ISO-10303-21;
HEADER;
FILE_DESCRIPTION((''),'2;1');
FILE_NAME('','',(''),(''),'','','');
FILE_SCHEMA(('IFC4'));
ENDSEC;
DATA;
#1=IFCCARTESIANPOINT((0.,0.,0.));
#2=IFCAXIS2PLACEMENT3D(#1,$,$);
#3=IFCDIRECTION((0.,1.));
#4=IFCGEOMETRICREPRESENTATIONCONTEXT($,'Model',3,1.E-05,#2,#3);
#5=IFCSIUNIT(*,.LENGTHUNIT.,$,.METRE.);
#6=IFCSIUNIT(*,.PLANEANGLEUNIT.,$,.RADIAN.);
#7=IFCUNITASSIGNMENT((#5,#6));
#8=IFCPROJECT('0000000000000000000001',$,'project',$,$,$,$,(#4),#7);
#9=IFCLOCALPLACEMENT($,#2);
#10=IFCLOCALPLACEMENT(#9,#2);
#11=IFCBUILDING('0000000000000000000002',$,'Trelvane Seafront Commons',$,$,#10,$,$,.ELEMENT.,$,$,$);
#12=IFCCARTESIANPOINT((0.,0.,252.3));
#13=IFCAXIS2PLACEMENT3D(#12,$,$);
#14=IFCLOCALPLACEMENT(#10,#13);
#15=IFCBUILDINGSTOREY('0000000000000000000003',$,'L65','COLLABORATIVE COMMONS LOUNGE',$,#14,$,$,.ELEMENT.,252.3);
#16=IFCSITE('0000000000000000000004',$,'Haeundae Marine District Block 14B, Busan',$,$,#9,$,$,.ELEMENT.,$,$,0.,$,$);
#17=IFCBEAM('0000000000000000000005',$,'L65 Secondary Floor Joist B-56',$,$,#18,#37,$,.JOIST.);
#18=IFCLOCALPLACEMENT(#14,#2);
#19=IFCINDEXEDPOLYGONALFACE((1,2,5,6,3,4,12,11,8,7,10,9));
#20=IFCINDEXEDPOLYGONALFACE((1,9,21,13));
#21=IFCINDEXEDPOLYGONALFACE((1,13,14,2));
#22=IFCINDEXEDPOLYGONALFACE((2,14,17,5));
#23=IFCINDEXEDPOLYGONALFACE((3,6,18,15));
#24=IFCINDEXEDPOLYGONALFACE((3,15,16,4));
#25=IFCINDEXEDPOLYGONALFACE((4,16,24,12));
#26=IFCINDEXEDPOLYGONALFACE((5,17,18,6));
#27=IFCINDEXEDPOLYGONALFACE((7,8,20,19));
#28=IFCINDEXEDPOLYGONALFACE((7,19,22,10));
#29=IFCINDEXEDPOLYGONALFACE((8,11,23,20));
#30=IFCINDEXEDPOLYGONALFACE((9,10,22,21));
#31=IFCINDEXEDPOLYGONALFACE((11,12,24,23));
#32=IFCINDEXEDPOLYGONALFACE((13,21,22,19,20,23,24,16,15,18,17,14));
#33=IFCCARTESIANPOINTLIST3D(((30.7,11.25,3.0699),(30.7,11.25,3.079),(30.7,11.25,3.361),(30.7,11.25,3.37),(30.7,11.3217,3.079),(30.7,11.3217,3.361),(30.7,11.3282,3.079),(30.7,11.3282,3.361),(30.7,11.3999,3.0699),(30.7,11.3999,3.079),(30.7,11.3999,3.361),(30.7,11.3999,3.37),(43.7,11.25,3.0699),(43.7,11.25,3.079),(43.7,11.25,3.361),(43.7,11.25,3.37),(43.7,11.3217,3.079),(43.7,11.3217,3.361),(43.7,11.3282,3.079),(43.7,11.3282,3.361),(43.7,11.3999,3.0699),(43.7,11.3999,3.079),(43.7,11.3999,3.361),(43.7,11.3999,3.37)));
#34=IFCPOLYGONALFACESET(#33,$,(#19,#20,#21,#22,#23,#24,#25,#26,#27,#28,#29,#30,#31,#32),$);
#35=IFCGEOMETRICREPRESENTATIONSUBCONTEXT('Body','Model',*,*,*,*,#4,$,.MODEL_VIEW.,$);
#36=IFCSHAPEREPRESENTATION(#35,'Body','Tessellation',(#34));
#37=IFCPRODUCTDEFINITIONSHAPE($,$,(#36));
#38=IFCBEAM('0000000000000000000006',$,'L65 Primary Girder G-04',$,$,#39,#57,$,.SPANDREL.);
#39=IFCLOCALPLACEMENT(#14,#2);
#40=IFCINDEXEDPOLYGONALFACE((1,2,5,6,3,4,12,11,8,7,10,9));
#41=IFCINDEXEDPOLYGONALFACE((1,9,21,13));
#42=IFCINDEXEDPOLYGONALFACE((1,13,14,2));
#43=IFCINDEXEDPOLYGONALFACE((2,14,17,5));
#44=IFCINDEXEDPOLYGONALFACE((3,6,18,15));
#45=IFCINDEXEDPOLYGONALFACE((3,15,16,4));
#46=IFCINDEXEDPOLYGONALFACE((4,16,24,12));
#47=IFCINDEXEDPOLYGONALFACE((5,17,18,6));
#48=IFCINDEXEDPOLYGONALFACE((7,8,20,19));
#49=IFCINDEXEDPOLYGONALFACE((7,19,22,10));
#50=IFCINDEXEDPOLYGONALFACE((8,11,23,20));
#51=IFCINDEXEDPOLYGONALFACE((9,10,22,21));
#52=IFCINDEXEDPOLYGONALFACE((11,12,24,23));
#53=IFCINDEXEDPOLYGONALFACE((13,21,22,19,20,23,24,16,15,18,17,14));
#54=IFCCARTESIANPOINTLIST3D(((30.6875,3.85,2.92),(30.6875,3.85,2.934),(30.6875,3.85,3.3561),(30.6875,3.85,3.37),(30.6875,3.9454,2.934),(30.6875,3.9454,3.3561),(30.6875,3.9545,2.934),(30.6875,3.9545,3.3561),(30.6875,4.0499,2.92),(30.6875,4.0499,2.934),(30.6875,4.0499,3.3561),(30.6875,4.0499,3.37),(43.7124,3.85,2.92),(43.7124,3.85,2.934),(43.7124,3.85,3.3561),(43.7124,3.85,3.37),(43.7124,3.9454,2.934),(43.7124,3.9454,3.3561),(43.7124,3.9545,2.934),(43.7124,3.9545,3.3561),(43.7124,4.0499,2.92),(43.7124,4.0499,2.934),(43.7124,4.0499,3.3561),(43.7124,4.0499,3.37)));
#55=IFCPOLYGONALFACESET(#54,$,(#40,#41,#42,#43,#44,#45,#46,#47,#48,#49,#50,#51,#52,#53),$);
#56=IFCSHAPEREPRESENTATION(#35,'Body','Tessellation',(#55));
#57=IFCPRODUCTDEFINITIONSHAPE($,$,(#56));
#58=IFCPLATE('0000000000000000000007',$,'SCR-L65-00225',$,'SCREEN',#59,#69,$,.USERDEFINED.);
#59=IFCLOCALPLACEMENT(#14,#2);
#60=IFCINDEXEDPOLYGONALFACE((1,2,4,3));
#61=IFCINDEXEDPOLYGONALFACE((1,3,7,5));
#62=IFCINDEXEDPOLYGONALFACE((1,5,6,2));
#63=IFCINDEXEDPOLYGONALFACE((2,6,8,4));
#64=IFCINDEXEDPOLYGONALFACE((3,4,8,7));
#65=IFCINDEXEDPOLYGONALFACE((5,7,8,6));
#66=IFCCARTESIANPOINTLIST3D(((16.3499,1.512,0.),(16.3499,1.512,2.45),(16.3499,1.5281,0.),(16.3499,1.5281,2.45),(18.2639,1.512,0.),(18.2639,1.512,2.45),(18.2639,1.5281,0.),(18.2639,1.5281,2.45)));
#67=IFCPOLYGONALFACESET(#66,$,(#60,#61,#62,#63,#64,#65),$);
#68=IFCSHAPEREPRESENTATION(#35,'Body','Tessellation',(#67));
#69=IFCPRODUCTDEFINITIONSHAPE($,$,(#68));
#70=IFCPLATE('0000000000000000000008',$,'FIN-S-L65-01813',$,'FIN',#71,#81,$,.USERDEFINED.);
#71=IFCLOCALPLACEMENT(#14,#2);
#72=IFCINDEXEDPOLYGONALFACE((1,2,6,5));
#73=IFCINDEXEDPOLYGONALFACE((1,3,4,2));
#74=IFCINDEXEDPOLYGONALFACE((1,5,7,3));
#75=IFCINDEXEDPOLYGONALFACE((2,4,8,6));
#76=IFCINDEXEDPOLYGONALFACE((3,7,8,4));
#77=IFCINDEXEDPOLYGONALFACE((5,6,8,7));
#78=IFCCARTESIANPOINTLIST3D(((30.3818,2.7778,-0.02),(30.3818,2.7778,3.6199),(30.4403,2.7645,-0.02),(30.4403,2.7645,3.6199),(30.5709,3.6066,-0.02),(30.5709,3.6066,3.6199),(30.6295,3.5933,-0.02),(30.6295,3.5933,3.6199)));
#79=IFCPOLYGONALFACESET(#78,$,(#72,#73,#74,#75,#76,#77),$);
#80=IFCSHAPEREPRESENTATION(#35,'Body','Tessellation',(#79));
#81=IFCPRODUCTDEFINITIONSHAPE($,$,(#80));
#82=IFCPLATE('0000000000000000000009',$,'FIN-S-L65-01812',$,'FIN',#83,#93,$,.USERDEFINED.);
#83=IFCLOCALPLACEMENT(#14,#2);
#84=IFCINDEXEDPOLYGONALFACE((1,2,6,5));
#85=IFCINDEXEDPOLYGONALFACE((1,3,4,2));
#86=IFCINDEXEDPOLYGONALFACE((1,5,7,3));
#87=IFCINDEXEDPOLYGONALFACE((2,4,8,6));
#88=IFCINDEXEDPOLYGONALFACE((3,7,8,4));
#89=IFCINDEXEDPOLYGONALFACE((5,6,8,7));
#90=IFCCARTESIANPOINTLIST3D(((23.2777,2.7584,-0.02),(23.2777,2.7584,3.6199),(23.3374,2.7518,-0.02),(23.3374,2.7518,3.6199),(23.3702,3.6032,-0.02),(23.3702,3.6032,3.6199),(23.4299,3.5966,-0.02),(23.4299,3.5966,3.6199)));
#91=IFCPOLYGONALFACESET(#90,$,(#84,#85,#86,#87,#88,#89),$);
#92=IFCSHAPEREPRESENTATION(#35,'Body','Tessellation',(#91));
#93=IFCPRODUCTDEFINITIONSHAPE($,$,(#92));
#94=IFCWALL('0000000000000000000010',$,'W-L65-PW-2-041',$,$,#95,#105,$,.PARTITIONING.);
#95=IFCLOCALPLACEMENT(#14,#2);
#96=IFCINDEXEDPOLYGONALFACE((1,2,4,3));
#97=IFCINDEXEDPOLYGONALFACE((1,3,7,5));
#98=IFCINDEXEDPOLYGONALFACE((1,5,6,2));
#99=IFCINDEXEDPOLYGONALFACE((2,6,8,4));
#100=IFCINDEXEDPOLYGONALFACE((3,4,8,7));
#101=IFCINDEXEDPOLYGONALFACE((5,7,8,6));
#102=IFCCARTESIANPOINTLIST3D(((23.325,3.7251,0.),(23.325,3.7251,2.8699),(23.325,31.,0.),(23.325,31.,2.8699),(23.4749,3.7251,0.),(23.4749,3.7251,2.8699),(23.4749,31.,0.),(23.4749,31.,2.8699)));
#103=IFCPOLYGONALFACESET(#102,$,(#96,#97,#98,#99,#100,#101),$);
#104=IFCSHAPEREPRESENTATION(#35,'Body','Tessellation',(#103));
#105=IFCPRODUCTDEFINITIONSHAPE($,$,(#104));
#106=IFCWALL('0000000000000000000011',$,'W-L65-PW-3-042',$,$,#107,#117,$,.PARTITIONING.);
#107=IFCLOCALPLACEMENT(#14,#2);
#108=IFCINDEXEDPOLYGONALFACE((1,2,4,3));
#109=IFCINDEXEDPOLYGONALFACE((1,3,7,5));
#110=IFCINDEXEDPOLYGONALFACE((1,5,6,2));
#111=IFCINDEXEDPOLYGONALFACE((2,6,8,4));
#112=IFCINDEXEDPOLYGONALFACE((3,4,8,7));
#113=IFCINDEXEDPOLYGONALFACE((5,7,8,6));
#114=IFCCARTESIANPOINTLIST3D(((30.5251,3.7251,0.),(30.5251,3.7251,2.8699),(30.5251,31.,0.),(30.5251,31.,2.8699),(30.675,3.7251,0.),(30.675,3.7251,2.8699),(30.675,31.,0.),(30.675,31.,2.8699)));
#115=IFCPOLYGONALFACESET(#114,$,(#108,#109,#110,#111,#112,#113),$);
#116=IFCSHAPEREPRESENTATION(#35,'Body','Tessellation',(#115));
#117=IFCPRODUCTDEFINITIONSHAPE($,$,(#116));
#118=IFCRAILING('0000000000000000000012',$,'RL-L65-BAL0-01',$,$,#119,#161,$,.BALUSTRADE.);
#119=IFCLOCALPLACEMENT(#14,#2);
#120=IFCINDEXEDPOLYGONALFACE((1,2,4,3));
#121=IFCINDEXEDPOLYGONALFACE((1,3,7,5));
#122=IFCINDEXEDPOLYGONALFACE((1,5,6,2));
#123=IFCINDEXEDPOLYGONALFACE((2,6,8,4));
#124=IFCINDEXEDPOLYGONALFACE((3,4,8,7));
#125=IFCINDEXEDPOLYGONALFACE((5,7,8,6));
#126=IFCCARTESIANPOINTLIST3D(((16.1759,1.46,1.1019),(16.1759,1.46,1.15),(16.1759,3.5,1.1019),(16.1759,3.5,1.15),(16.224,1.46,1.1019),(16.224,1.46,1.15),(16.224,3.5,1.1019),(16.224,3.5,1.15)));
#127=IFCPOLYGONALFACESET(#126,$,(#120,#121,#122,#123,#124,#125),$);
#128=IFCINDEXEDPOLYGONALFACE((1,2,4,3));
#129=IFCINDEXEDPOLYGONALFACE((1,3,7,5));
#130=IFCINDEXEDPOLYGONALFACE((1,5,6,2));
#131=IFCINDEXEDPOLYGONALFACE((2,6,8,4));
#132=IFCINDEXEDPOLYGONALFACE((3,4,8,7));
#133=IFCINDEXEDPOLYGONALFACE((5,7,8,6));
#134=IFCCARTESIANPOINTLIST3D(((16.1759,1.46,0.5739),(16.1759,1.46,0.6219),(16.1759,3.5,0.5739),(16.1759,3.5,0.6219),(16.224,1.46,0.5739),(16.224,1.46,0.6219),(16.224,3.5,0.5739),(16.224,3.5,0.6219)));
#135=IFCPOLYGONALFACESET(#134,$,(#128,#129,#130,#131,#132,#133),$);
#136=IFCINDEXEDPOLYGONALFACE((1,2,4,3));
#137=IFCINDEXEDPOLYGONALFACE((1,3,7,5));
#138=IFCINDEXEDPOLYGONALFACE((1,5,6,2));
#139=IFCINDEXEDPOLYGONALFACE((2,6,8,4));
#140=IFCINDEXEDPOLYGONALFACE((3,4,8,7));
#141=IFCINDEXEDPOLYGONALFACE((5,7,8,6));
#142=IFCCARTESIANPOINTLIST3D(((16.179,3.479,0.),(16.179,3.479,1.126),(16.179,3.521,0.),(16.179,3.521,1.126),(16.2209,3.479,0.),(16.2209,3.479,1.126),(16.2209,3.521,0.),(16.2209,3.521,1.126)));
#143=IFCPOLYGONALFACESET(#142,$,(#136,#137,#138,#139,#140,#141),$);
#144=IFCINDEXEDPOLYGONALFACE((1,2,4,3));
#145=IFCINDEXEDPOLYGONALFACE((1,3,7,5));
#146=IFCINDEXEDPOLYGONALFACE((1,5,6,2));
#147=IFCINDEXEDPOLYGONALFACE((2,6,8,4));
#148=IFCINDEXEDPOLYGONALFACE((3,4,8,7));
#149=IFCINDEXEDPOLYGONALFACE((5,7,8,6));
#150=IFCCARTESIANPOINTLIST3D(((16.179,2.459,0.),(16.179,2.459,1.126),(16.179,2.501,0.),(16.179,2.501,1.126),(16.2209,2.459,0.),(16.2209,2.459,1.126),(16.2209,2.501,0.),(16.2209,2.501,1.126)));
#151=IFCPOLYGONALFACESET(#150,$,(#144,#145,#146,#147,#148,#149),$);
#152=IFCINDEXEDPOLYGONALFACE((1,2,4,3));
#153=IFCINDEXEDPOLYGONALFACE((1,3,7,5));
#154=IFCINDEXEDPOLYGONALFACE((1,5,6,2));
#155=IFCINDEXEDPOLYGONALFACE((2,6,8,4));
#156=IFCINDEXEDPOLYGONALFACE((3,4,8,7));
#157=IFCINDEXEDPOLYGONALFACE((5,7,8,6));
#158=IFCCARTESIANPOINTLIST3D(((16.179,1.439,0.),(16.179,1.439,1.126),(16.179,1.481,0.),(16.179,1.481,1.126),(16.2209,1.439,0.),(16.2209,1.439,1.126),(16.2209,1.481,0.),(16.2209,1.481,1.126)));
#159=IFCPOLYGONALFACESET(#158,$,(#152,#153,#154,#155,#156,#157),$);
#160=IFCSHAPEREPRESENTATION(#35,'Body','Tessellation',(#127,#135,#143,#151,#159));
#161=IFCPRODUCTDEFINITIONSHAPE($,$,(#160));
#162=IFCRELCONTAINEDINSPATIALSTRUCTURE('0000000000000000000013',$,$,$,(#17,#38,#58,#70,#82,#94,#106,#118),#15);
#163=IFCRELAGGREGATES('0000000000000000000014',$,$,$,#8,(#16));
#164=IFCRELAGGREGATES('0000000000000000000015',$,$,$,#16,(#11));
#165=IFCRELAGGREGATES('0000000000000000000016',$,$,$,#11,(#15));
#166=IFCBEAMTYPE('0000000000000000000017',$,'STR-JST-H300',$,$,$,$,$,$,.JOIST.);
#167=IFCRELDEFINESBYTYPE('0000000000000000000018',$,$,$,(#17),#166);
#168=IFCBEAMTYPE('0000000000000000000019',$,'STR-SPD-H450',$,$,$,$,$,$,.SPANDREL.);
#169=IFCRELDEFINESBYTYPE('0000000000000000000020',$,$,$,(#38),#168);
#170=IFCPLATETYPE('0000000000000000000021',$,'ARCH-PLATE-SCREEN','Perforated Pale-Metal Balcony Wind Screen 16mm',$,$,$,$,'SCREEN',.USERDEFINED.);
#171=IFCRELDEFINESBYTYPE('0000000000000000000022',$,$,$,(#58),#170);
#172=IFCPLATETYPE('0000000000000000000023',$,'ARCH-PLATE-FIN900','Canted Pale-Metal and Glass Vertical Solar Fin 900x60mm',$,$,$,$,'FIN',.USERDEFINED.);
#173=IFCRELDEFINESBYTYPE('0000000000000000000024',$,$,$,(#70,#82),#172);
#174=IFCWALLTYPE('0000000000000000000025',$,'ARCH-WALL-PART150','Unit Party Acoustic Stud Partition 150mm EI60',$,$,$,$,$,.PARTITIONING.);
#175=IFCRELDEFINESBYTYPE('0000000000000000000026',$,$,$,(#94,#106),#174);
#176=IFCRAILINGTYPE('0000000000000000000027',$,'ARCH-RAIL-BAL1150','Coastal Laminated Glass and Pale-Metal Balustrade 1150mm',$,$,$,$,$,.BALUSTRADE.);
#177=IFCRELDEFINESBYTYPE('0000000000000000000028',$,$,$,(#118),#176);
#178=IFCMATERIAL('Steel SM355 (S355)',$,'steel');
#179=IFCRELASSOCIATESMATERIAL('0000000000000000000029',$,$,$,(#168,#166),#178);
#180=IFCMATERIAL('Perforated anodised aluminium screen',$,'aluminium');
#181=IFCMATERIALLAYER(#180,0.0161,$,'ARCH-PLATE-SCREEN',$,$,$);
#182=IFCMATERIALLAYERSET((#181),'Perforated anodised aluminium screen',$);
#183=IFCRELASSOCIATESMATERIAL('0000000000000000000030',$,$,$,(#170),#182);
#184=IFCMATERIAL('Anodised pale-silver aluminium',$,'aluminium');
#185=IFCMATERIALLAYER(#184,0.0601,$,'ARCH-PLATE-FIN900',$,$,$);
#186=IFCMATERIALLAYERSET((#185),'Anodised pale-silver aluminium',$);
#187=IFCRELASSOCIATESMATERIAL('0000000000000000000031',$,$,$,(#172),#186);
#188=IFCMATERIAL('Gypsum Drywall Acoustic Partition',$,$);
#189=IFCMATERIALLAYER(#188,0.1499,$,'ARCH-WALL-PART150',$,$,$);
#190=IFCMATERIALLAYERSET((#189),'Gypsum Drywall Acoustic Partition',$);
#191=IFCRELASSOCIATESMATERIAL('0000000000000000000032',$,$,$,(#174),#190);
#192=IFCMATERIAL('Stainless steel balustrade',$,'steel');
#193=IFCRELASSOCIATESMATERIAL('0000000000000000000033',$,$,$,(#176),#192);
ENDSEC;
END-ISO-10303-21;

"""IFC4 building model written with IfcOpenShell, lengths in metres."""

from ifc_helpers import new_model, si_unit, direction, frame, frame_2d, origin, origin_2d, place, context, subcontext, project, spatial, rectangle, i_section, extrude, source, transform, mapped, material, layer, layer_set, material_profile, profile_set, type_object, element, save


model = new_model("IFC4")

# Units and contexts
model_context = context("Model", 3, precision=1e-05, world=origin(), true_north=direction((0.0, 1.0)))
body_context = subcontext(model_context, "Body", "Model", "MODEL_VIEW")
ifc_project = project(units=[si_unit("LENGTHUNIT", "METRE"), si_unit("PLANEANGLEUNIT", "RADIAN")], contexts=[model_context])

# Site, building, storey
site_placement = place(None, origin())
site = spatial("IfcSite", under=ifc_project, at=site_placement, Name="Haeundae Marine District Block 14B, Busan", CompositionType="ELEMENT", RefElevation=0.0)
building_placement = place(site_placement, origin())
building = spatial("IfcBuilding", under=site, at=building_placement, Name="Trelvane Seafront Commons", CompositionType="ELEMENT")
storey_placement = place(building_placement, frame((0.0, 0.0, 252.3)))
storey = spatial("IfcBuildingStorey", under=building, at=storey_placement, Name="L65", Description="COLLABORATIVE COMMONS LOUNGE", CompositionType="ELEMENT", Elevation=252.3)

# Shared definitions
ifc_material_1 = material(Name="Steel SM355 (S355)", Category="steel")

# Beams
ifc_material_profile_1 = material_profile(ifc_material_1, i_section(OverallWidth=0.2, OverallDepth=0.45, WebThickness=0.009, FlangeThickness=0.0139, at=origin_2d()), Name="H-450x200x9x14")
ifc_profile_set_1 = profile_set([ifc_material_profile_1], Name="Steel SM355 (S355)")
beam_type_1 = type_object("IfcBeamType", Name="STR-SPD-H450", PredefinedType="SPANDREL", material=ifc_profile_set_1)
ifc_material_profile_2 = material_profile(ifc_material_1, i_section(OverallWidth=0.1499, OverallDepth=0.3, WebThickness=0.0066, FlangeThickness=0.009, at=origin_2d()), Name="H-300x150x6.5x9")
ifc_profile_set_2 = profile_set([ifc_material_profile_2], Name="Steel SM355 (S355)")
beam_type_2 = type_object("IfcBeamType", Name="STR-JST-H300", PredefinedType="JOIST", material=ifc_profile_set_2)
shared_shape_1 = source(origin(), body_context, "Body", "SweptSolid", [
    extrude(i_section(OverallWidth=0.1499, OverallDepth=0.3, WebThickness=0.0066, FlangeThickness=0.009, at=origin_2d()), origin(), (0.0, 0.0, 1.0), 13.0),
])
beam_1_placement = place(storey_placement, frame((30.7, 11.325, 3.22), z_axis=(1.0, 0.0, 0.0), x_axis=(0.0, 1.0, 0.0)))
element("IfcBeam", 1, at=beam_1_placement, inside=storey, type_object=beam_type_2, Name="L65 Secondary Floor Joist B-56", PredefinedType="JOIST", context=body_context, shape_type="MappedRepresentation", body=[
    mapped(shared_shape_1, transform((0.0, 0.0, 0.0), x_axis=(1.0, 0.0, 0.0), y_axis=(0.0, 1.0, 0.0), z_axis=(0.0, 0.0, 1.0), scale=1.0)),
])
shared_shape_2 = source(origin(), body_context, "Body", "SweptSolid", [
    extrude(i_section(OverallWidth=0.2, OverallDepth=0.45, WebThickness=0.009, FlangeThickness=0.0139, at=origin_2d()), origin(), (0.0, 0.0, 1.0), 13.0249),
])
beam_2_placement = place(storey_placement, frame((30.6875, 3.95, 3.145), z_axis=(1.0, 0.0, 0.0), x_axis=(0.0, 1.0, 0.0)))
element("IfcBeam", 2, at=beam_2_placement, inside=storey, type_object=beam_type_1, Name="L65 Primary Girder G-04", PredefinedType="SPANDREL", context=body_context, shape_type="MappedRepresentation", body=[
    mapped(shared_shape_2, transform((0.0, 0.0, 0.0), x_axis=(1.0, 0.0, 0.0), y_axis=(0.0, 1.0, 0.0), z_axis=(0.0, 0.0, 1.0), scale=1.0)),
])

# Plates
ifc_material_2 = material(Name="Perforated anodised aluminium screen", Category="aluminium")
ifc_layer_1 = layer(ifc_material_2, 0.0161, Name="ARCH-PLATE-SCREEN")
ifc_layer_set_1 = layer_set([ifc_layer_1], Name="Perforated anodised aluminium screen")
plate_type_1 = type_object("IfcPlateType", Name="ARCH-PLATE-SCREEN", Description="Perforated Pale-Metal Balcony Wind Screen 16mm", ElementType="SCREEN", PredefinedType="USERDEFINED", material=ifc_layer_set_1)
shared_shape_3 = source(origin(), body_context, "Body", "SweptSolid", [
    extrude(rectangle(XDim=1.9141, YDim=0.0161, at=origin_2d()), origin(), (0.0, 0.0, 1.0), 2.45),
])
plate_1_placement = place(storey_placement, frame((17.3069, 1.52, 0.0), z_axis=(0.0, 0.0, 1.0), x_axis=(1.0, 0.0, 0.0)))
element("IfcPlate", 3, at=plate_1_placement, inside=storey, type_object=plate_type_1, Name="SCR-L65-00225", ObjectType="SCREEN", PredefinedType="USERDEFINED", context=body_context, shape_type="MappedRepresentation", body=[
    mapped(shared_shape_3, transform((0.0, 0.0, 0.0), x_axis=(1.0, 0.0, 0.0), y_axis=(0.0, 1.0, 0.0), z_axis=(0.0, 0.0, 1.0), scale=1.0)),
])
ifc_material_3 = material(Name="Anodised pale-silver aluminium", Category="aluminium")
ifc_layer_2 = layer(ifc_material_3, 0.0601, Name="ARCH-PLATE-FIN900")
ifc_layer_set_2 = layer_set([ifc_layer_2], Name="Anodised pale-silver aluminium")
plate_type_2 = type_object("IfcPlateType", Name="ARCH-PLATE-FIN900", Description="Canted Pale-Metal and Glass Vertical Solar Fin 900x60mm", ElementType="FIN", PredefinedType="USERDEFINED", material=ifc_layer_set_2)
shared_shape_4 = source(origin(), body_context, "Body", "SweptSolid", [
    extrude(rectangle(XDim=0.8501, YDim=0.0601, at=origin_2d()), origin(), (0.0, 0.0, 1.0), 3.6399),
])
plate_2_placement = place(storey_placement, frame((30.5056, 3.1855, -0.02), z_axis=(0.0, 0.0, 1.0), x_axis=(-0.222471, -0.974939, 0.0)))
element("IfcPlate", 4, at=plate_2_placement, inside=storey, type_object=plate_type_2, Name="FIN-S-L65-01813", ObjectType="FIN", PredefinedType="USERDEFINED", context=body_context, shape_type="MappedRepresentation", body=[
    mapped(shared_shape_4, transform((0.0, 0.0, 0.0), x_axis=(1.0, 0.0, 0.0), y_axis=(0.0, 1.0, 0.0), z_axis=(0.0, 0.0, 1.0), scale=1.0)),
])
shared_shape_5 = source(origin(), body_context, "Body", "SweptSolid", [
    extrude(rectangle(XDim=0.8499, YDim=0.0601, at=origin_2d()), origin(), (0.0, 0.0, 1.0), 3.6399),
])
plate_3_placement = place(storey_placement, frame((23.3538, 3.1775, -0.02), z_axis=(0.0, 0.0, 1.0), x_axis=(-0.10883, -0.99406, 0.0)))
element("IfcPlate", 5, at=plate_3_placement, inside=storey, type_object=plate_type_2, Name="FIN-S-L65-01812", ObjectType="FIN", PredefinedType="USERDEFINED", context=body_context, shape_type="MappedRepresentation", body=[
    mapped(shared_shape_5, transform((0.0, 0.0, 0.0), x_axis=(1.0, 0.0, 0.0), y_axis=(0.0, 1.0, 0.0), z_axis=(0.0, 0.0, 1.0), scale=1.0)),
])

# Walls
ifc_material_4 = material(Name="Gypsum Drywall Acoustic Partition")
ifc_layer_3 = layer(ifc_material_4, 0.1499, Name="ARCH-WALL-PART150")
ifc_layer_set_3 = layer_set([ifc_layer_3], Name="Gypsum Drywall Acoustic Partition")
wall_type = type_object("IfcWallType", Name="ARCH-WALL-PART150", Description="Unit Party Acoustic Stud Partition 150mm EI60", PredefinedType="PARTITIONING", material=ifc_layer_set_3)
for number, where, z_axis, x_axis, name in (
    (6, (23.3999, 3.7251, 0.0), (0.0, 0.0, 1.0), (0.0, 1.0, 0.0), "W-L65-PW-2-041"),
    (7, (30.6001, 3.7251, 0.0), (0.0, 0.0, 1.0), (0.0, 1.0, 0.0), "W-L65-PW-3-042"),
):
    element("IfcWall", number, at=place(storey_placement, frame(where, z_axis=z_axis, x_axis=x_axis)), inside=storey, type_object=wall_type, Name=name, PredefinedType="PARTITIONING", context=body_context, shape_type="SweptSolid", body=[
        extrude(rectangle(XDim=27.2749, YDim=0.1499, at=frame_2d((13.6375, 0.0))), origin(), (0.0, 0.0, 1.0), 2.8699),
    ])

# Railing
ifc_material_5 = material(Name="Stainless steel balustrade", Category="steel")
railing_type = type_object("IfcRailingType", Name="ARCH-RAIL-BAL1150", Description="Coastal Laminated Glass and Pale-Metal Balustrade 1150mm", PredefinedType="BALUSTRADE", material=ifc_material_5)
railing_1_placement = place(storey_placement, frame((16.2, 3.5, 0.0)))
element("IfcRailing", 8, at=railing_1_placement, inside=storey, type_object=railing_type, Name="RL-L65-BAL0-01", PredefinedType="BALUSTRADE", context=body_context, shape_type="SweptSolid", body=[
    extrude(rectangle(XDim=0.0481, YDim=0.0481, at=origin_2d()), frame((0.0, 0.0, 1.126), z_axis=(0.0, -1.0, 0.0), x_axis=(1.0, 0.0, 0.0)), (0.0, 0.0, 1.0), 2.04),
    extrude(rectangle(XDim=0.0481, YDim=0.0481, at=origin_2d()), frame((0.0, 0.0, 0.5979), z_axis=(0.0, -1.0, 0.0), x_axis=(1.0, 0.0, 0.0)), (0.0, 0.0, 1.0), 2.04),
    extrude(rectangle(XDim=0.042, YDim=0.042, at=origin_2d()), origin(), (0.0, 0.0, 1.0), 1.126),
    extrude(rectangle(XDim=0.042, YDim=0.042, at=origin_2d()), frame((0.0, -1.02, 0.0)), (0.0, 0.0, 1.0), 1.126),
    extrude(rectangle(XDim=0.042, YDim=0.042, at=origin_2d()), frame((0.0, -2.04, 0.0)), (0.0, 0.0, 1.0), 1.126),
])

save(model, "model.ifc")
